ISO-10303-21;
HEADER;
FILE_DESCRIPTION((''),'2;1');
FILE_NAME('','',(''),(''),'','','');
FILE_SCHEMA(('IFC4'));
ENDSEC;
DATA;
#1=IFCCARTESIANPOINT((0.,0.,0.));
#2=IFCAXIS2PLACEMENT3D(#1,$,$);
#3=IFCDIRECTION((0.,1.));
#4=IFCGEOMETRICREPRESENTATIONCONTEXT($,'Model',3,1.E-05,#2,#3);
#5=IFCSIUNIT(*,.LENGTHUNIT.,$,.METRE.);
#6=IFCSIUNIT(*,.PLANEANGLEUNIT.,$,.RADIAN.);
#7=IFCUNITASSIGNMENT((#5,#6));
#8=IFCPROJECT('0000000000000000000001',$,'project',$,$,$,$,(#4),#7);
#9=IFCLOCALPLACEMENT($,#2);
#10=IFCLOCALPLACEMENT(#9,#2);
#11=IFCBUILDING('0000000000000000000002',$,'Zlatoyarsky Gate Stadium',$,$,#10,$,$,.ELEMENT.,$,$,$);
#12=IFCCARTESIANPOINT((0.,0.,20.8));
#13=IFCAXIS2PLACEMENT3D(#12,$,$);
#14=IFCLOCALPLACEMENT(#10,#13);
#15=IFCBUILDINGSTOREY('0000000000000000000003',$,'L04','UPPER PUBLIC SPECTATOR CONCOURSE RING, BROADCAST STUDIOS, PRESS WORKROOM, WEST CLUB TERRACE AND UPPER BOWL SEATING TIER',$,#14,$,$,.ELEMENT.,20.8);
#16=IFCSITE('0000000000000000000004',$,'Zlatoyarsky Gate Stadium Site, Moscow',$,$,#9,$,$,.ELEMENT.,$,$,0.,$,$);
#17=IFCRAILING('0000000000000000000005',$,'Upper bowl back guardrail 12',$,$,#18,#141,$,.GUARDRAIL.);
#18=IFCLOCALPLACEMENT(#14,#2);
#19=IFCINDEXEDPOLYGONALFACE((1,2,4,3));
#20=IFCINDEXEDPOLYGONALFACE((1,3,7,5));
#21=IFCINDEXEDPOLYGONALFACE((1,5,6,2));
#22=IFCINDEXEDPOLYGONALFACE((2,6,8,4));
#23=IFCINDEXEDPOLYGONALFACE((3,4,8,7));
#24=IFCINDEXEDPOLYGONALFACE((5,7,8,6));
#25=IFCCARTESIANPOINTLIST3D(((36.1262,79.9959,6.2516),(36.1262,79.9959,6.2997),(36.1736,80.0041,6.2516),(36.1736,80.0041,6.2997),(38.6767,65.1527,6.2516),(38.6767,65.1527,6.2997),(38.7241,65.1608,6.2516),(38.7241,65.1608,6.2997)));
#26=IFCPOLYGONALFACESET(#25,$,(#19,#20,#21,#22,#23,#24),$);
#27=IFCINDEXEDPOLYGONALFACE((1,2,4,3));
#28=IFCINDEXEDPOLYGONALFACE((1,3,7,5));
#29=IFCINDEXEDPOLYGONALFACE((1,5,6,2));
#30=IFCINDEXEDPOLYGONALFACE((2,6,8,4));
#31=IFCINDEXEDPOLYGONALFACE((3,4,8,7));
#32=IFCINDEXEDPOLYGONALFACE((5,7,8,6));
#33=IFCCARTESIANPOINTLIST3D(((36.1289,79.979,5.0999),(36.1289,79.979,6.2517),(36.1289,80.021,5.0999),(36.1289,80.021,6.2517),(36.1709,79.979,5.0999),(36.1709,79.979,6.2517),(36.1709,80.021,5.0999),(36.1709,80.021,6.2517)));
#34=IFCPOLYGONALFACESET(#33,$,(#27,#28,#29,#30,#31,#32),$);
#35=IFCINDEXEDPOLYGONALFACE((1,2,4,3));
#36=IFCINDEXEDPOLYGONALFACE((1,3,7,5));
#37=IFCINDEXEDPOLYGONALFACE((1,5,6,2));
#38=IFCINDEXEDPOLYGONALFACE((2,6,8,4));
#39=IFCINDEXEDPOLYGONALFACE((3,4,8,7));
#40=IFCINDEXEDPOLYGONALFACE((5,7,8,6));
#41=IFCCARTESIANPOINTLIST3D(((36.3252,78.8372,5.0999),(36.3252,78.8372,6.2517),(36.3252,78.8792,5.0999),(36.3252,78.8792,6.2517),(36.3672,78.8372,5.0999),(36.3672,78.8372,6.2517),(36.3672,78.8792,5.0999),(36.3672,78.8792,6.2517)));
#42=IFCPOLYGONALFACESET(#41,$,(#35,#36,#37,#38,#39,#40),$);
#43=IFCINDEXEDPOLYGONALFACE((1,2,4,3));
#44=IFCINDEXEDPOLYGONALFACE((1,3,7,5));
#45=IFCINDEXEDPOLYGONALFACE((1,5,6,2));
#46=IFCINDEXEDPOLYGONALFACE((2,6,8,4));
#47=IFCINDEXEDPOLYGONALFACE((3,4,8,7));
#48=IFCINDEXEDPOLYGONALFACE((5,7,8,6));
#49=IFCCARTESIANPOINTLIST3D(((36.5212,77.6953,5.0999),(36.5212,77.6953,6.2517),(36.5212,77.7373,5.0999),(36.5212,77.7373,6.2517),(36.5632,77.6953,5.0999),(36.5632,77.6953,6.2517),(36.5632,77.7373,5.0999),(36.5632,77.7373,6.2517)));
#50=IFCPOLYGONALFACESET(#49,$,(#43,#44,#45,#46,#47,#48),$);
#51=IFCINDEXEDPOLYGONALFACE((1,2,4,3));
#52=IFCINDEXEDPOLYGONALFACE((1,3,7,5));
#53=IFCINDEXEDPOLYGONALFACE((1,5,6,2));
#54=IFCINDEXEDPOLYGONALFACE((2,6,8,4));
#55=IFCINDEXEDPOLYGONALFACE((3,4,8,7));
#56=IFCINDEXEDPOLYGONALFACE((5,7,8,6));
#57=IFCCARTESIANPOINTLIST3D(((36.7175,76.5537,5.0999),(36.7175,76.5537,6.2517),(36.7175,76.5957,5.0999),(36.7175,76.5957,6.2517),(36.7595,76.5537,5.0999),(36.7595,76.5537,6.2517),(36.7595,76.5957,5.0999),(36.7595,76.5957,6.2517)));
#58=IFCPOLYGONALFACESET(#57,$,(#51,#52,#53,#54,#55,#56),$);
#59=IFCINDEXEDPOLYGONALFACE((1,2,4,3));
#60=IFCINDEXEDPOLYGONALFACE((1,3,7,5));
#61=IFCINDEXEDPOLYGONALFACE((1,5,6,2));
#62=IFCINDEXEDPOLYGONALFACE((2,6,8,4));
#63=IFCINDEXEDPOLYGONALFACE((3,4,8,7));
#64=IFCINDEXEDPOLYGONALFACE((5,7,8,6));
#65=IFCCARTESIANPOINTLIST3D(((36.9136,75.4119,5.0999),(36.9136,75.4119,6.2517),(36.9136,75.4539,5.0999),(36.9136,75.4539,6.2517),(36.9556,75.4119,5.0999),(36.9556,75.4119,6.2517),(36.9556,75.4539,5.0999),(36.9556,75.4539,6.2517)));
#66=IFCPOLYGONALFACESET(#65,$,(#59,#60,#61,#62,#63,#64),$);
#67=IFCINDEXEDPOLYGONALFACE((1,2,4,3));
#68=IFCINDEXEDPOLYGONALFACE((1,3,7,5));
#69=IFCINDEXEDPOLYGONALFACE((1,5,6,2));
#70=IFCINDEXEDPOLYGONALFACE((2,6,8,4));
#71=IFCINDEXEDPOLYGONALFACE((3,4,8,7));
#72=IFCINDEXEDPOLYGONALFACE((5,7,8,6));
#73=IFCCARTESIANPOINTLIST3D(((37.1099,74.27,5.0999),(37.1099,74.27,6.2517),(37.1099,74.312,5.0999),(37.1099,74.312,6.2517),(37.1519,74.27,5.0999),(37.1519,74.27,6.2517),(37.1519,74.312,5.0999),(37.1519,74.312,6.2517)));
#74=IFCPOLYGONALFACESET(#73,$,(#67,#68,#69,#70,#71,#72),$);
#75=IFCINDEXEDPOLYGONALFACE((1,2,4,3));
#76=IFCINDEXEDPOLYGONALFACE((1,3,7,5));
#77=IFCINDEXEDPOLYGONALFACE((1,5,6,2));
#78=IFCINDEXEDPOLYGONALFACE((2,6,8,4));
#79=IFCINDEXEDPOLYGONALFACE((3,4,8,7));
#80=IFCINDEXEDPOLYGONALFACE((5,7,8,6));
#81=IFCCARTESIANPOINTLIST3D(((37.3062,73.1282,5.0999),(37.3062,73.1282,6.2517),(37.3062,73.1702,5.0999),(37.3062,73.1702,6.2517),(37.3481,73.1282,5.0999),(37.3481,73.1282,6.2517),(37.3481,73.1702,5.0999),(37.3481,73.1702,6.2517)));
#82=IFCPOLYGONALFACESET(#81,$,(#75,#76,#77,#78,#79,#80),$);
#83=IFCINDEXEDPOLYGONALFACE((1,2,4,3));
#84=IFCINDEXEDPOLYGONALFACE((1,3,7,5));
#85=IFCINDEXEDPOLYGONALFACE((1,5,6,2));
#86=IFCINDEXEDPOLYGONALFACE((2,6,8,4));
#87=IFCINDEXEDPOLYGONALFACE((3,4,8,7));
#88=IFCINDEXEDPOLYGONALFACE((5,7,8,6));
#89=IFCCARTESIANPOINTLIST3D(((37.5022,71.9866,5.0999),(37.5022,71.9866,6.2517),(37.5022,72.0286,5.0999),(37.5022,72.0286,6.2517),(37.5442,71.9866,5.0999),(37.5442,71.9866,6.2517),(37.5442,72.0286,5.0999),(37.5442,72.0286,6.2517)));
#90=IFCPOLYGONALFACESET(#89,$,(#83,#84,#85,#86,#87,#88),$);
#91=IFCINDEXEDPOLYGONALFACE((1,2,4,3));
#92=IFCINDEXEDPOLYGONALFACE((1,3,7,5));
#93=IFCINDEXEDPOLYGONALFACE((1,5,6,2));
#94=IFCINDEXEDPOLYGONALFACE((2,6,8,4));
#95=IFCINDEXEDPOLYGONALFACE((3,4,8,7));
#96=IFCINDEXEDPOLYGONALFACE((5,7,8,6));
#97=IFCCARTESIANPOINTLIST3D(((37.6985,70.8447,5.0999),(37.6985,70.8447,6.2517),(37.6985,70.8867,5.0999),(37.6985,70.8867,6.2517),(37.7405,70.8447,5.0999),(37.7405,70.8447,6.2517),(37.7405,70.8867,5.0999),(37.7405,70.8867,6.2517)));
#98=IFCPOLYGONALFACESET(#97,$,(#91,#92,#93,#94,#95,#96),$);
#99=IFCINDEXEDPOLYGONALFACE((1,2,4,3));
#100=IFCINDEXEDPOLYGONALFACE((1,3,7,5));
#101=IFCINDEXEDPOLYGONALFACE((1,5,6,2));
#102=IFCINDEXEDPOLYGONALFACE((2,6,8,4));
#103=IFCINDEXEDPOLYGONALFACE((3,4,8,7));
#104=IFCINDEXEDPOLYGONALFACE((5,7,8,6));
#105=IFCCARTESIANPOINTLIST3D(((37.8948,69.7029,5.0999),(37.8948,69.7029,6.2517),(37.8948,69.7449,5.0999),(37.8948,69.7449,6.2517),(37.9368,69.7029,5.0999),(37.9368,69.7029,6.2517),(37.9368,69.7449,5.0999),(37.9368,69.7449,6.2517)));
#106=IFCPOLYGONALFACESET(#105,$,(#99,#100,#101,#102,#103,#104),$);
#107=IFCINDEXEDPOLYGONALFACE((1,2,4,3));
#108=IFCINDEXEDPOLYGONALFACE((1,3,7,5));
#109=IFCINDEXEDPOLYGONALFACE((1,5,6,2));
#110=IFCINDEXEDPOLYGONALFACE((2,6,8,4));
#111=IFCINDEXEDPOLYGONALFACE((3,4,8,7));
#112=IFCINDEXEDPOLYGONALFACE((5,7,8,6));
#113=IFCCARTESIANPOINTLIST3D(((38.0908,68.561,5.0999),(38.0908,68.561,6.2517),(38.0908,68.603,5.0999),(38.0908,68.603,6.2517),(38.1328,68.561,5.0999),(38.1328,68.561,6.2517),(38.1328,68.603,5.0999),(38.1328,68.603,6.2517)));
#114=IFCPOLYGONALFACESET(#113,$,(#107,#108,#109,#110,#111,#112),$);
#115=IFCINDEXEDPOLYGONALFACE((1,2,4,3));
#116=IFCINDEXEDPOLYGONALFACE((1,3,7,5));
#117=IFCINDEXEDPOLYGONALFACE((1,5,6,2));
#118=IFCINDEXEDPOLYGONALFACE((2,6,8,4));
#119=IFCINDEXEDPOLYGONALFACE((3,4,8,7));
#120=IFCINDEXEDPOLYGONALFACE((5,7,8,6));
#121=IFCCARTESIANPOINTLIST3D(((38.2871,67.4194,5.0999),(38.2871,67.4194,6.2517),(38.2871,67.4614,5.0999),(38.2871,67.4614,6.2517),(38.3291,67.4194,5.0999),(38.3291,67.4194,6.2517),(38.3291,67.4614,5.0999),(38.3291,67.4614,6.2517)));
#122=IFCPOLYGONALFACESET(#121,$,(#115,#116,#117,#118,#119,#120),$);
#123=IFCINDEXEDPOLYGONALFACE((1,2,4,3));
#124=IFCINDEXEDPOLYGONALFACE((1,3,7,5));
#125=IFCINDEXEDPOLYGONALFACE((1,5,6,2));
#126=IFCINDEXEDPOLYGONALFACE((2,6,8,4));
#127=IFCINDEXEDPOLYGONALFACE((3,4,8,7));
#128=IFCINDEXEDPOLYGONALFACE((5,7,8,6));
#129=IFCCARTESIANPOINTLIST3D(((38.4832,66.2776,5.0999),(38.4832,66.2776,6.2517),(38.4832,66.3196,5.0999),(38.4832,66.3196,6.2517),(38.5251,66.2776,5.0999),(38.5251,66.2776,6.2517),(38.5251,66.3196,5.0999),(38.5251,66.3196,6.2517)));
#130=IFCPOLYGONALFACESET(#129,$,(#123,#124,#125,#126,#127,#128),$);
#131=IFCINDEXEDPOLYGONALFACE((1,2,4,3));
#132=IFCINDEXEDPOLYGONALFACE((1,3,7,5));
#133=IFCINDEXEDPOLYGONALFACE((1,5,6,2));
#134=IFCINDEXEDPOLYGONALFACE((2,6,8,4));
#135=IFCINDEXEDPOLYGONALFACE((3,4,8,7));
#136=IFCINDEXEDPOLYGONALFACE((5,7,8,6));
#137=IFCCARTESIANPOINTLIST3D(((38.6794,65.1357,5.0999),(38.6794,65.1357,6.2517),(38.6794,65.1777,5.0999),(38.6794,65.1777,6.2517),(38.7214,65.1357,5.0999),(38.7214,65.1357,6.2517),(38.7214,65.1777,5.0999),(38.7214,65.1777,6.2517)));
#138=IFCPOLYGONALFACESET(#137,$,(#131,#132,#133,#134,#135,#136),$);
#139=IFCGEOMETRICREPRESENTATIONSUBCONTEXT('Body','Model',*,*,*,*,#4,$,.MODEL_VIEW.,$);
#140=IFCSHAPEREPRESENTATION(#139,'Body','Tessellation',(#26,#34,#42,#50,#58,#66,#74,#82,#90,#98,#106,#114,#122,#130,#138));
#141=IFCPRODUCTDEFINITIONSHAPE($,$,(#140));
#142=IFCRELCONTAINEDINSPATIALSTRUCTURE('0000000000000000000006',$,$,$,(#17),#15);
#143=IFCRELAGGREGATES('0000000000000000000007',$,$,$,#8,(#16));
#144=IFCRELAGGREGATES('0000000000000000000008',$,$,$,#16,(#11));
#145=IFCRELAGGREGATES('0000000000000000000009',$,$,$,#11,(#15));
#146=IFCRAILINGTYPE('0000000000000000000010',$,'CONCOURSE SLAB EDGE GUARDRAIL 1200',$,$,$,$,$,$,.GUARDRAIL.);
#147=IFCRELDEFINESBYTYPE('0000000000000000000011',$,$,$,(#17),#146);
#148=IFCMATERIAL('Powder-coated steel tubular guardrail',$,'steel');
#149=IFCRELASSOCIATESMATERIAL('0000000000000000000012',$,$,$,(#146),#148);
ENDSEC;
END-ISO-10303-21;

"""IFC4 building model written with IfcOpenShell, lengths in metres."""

from ifc_helpers import new_model, si_unit, direction, frame, origin, origin_2d, place, context, subcontext, project, spatial, rectangle, extrude, material, type_object, element, save


model = new_model("IFC4")

# Units and contexts
model_context = context("Model", 3, precision=1e-05, world=origin(), true_north=direction((0.0, 1.0)))
body_context = subcontext(model_context, "Body", "Model", "MODEL_VIEW")
ifc_project = project(units=[si_unit("LENGTHUNIT", "METRE"), si_unit("PLANEANGLEUNIT", "RADIAN")], contexts=[model_context])

# Site, building, storey
site_placement = place(None, origin())
site = spatial("IfcSite", under=ifc_project, at=site_placement, Name="Zlatoyarsky Gate Stadium Site, Moscow", CompositionType="ELEMENT", RefElevation=0.0)
building_placement = place(site_placement, origin())
building = spatial("IfcBuilding", under=site, at=building_placement, Name="Zlatoyarsky Gate Stadium", CompositionType="ELEMENT")
storey_placement = place(building_placement, frame((0.0, 0.0, 20.8)))
storey = spatial("IfcBuildingStorey", under=building, at=storey_placement, Name="L04", Description="UPPER PUBLIC SPECTATOR CONCOURSE RING, BROADCAST STUDIOS, PRESS WORKROOM, WEST CLUB TERRACE AND UPPER BOWL SEATING TIER", CompositionType="ELEMENT", Elevation=20.8)

# Railing
ifc_material_1 = material(Name="Powder-coated steel tubular guardrail", Category="steel")
railing_type = type_object("IfcRailingType", Name="CONCOURSE SLAB EDGE GUARDRAIL 1200", PredefinedType="GUARDRAIL", material=ifc_material_1)
railing_1_placement = place(storey_placement, frame((36.1499, 80.0, 5.0999)))
element("IfcRailing", 1, at=railing_1_placement, inside=storey, type_object=railing_type, Name="Upper bowl back guardrail 12", PredefinedType="GUARDRAIL", context=body_context, shape_type="SweptSolid", body=[
    extrude(rectangle(XDim=0.0481, YDim=0.0481, at=origin_2d()), frame((0.0, 0.0, 1.1758), z_axis=(0.169349, -0.985556, 0.0), x_axis=(0.985556, 0.169349, 0.0)), (0.0, 0.0, 1.0), 15.0608),
    extrude(rectangle(XDim=0.042, YDim=0.042, at=origin_2d()), origin(), (0.0, 0.0, 1.0), 1.1519),
    extrude(rectangle(XDim=0.042, YDim=0.042, at=origin_2d()), frame((0.1963, -1.1418, 0.0)), (0.0, 0.0, 1.0), 1.1519),
    extrude(rectangle(XDim=0.042, YDim=0.042, at=origin_2d()), frame((0.3923, -2.2837, 0.0)), (0.0, 0.0, 1.0), 1.1519),
    extrude(rectangle(XDim=0.042, YDim=0.042, at=origin_2d()), frame((0.5886, -3.4253, 0.0)), (0.0, 0.0, 1.0), 1.1519),
    extrude(rectangle(XDim=0.042, YDim=0.042, at=origin_2d()), frame((0.7847, -4.5671, 0.0)), (0.0, 0.0, 1.0), 1.1519),
    extrude(rectangle(XDim=0.042, YDim=0.042, at=origin_2d()), frame((0.981, -5.709, 0.0)), (0.0, 0.0, 1.0), 1.1519),
    extrude(rectangle(XDim=0.042, YDim=0.042, at=origin_2d()), frame((1.1772, -6.8508, 0.0)), (0.0, 0.0, 1.0), 1.1519),
    extrude(rectangle(XDim=0.042, YDim=0.042, at=origin_2d()), frame((1.3733, -7.9924, 0.0)), (0.0, 0.0, 1.0), 1.1519),
    extrude(rectangle(XDim=0.042, YDim=0.042, at=origin_2d()), frame((1.5696, -9.1343, 0.0)), (0.0, 0.0, 1.0), 1.1519),
    extrude(rectangle(XDim=0.042, YDim=0.042, at=origin_2d()), frame((1.7659, -10.2761, 0.0)), (0.0, 0.0, 1.0), 1.1519),
    extrude(rectangle(XDim=0.042, YDim=0.042, at=origin_2d()), frame((1.9619, -11.418, 0.0)), (0.0, 0.0, 1.0), 1.1519),
    extrude(rectangle(XDim=0.042, YDim=0.042, at=origin_2d()), frame((2.1582, -12.5596, 0.0)), (0.0, 0.0, 1.0), 1.1519),
    extrude(rectangle(XDim=0.042, YDim=0.042, at=origin_2d()), frame((2.3542, -13.7014, 0.0)), (0.0, 0.0, 1.0), 1.1519),
    extrude(rectangle(XDim=0.042, YDim=0.042, at=origin_2d()), frame((2.5505, -14.8433, 0.0)), (0.0, 0.0, 1.0), 1.1519),
])

save(model, "model.ifc")
